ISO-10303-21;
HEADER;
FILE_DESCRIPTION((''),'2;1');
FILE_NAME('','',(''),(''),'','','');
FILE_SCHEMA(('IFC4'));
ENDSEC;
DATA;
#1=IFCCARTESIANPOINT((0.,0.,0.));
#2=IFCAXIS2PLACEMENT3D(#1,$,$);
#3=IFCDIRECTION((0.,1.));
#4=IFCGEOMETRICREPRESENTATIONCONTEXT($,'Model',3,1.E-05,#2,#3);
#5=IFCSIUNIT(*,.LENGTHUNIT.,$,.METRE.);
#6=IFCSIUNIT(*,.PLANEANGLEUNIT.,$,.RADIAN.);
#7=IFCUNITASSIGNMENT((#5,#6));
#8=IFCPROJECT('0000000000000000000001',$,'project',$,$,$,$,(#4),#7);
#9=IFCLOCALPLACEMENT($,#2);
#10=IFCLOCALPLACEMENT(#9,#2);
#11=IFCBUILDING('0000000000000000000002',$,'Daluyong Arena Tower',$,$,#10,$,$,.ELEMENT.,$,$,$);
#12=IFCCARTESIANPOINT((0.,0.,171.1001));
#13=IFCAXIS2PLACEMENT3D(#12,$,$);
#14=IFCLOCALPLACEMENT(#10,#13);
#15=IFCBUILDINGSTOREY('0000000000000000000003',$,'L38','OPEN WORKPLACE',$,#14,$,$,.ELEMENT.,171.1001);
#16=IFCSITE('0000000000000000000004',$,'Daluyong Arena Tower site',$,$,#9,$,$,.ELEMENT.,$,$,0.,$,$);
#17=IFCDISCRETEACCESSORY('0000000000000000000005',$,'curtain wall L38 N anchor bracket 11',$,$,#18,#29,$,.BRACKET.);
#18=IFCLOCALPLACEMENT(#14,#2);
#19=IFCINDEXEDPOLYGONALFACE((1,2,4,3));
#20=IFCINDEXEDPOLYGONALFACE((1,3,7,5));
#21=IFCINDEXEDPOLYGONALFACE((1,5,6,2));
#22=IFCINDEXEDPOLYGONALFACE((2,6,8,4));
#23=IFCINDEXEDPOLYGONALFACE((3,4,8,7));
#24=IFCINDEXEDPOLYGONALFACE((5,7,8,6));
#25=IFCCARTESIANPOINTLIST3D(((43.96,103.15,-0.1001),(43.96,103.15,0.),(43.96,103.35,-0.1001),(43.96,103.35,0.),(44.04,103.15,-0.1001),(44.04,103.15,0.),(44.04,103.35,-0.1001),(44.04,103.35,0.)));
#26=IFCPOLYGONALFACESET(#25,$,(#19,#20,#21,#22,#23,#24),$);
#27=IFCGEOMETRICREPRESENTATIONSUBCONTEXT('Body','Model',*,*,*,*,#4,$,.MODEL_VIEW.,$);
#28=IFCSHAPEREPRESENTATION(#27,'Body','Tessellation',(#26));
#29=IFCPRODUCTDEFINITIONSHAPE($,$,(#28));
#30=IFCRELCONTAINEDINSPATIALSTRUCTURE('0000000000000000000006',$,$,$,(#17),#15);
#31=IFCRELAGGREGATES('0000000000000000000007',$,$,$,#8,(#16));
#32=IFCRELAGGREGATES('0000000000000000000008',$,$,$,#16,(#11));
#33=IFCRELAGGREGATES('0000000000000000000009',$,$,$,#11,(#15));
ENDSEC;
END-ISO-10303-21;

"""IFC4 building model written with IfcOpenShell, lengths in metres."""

from ifc_helpers import new_model, si_unit, direction, frame, origin, origin_2d, place, context, subcontext, project, spatial, rectangle, extrude, element, save


model = new_model("IFC4")

# Units and contexts
model_context = context("Model", 3, precision=1e-05, world=origin(), true_north=direction((0.0, 1.0)))
body_context = subcontext(model_context, "Body", "Model", "MODEL_VIEW")
ifc_project = project(units=[si_unit("LENGTHUNIT", "METRE"), si_unit("PLANEANGLEUNIT", "RADIAN")], contexts=[model_context])

# Site, building, storey
site_placement = place(None, origin())
site = spatial("IfcSite", under=ifc_project, at=site_placement, Name="Daluyong Arena Tower site", CompositionType="ELEMENT", RefElevation=0.0)
building_placement = place(site_placement, origin())
building = spatial("IfcBuilding", under=site, at=building_placement, Name="Daluyong Arena Tower", CompositionType="ELEMENT")
storey_placement = place(building_placement, frame((0.0, 0.0, 171.1001)))
storey = spatial("IfcBuildingStorey", under=building, at=storey_placement, Name="L38", Description="OPEN WORKPLACE", CompositionType="ELEMENT", Elevation=171.1001)

# Discrete accessory
for number, where, z_axis, x_axis, name in (
    (1, (44.0, 103.25, -0.1001), (0.0, 0.0, 1.0), (-1.0, 0.0, 0.0), "curtain wall L38 N anchor bracket 11"),
):
    element("IfcDiscreteAccessory", number, at=place(storey_placement, frame(where, z_axis=z_axis, x_axis=x_axis)), inside=storey, Name=name, PredefinedType="BRACKET", context=body_context, shape_type="SweptSolid", body=[
        extrude(rectangle(XDim=0.0801, YDim=0.2, at=origin_2d()), origin(), (0.0, 0.0, 1.0), 0.1001),
    ])

save(model, "model.ifc")
